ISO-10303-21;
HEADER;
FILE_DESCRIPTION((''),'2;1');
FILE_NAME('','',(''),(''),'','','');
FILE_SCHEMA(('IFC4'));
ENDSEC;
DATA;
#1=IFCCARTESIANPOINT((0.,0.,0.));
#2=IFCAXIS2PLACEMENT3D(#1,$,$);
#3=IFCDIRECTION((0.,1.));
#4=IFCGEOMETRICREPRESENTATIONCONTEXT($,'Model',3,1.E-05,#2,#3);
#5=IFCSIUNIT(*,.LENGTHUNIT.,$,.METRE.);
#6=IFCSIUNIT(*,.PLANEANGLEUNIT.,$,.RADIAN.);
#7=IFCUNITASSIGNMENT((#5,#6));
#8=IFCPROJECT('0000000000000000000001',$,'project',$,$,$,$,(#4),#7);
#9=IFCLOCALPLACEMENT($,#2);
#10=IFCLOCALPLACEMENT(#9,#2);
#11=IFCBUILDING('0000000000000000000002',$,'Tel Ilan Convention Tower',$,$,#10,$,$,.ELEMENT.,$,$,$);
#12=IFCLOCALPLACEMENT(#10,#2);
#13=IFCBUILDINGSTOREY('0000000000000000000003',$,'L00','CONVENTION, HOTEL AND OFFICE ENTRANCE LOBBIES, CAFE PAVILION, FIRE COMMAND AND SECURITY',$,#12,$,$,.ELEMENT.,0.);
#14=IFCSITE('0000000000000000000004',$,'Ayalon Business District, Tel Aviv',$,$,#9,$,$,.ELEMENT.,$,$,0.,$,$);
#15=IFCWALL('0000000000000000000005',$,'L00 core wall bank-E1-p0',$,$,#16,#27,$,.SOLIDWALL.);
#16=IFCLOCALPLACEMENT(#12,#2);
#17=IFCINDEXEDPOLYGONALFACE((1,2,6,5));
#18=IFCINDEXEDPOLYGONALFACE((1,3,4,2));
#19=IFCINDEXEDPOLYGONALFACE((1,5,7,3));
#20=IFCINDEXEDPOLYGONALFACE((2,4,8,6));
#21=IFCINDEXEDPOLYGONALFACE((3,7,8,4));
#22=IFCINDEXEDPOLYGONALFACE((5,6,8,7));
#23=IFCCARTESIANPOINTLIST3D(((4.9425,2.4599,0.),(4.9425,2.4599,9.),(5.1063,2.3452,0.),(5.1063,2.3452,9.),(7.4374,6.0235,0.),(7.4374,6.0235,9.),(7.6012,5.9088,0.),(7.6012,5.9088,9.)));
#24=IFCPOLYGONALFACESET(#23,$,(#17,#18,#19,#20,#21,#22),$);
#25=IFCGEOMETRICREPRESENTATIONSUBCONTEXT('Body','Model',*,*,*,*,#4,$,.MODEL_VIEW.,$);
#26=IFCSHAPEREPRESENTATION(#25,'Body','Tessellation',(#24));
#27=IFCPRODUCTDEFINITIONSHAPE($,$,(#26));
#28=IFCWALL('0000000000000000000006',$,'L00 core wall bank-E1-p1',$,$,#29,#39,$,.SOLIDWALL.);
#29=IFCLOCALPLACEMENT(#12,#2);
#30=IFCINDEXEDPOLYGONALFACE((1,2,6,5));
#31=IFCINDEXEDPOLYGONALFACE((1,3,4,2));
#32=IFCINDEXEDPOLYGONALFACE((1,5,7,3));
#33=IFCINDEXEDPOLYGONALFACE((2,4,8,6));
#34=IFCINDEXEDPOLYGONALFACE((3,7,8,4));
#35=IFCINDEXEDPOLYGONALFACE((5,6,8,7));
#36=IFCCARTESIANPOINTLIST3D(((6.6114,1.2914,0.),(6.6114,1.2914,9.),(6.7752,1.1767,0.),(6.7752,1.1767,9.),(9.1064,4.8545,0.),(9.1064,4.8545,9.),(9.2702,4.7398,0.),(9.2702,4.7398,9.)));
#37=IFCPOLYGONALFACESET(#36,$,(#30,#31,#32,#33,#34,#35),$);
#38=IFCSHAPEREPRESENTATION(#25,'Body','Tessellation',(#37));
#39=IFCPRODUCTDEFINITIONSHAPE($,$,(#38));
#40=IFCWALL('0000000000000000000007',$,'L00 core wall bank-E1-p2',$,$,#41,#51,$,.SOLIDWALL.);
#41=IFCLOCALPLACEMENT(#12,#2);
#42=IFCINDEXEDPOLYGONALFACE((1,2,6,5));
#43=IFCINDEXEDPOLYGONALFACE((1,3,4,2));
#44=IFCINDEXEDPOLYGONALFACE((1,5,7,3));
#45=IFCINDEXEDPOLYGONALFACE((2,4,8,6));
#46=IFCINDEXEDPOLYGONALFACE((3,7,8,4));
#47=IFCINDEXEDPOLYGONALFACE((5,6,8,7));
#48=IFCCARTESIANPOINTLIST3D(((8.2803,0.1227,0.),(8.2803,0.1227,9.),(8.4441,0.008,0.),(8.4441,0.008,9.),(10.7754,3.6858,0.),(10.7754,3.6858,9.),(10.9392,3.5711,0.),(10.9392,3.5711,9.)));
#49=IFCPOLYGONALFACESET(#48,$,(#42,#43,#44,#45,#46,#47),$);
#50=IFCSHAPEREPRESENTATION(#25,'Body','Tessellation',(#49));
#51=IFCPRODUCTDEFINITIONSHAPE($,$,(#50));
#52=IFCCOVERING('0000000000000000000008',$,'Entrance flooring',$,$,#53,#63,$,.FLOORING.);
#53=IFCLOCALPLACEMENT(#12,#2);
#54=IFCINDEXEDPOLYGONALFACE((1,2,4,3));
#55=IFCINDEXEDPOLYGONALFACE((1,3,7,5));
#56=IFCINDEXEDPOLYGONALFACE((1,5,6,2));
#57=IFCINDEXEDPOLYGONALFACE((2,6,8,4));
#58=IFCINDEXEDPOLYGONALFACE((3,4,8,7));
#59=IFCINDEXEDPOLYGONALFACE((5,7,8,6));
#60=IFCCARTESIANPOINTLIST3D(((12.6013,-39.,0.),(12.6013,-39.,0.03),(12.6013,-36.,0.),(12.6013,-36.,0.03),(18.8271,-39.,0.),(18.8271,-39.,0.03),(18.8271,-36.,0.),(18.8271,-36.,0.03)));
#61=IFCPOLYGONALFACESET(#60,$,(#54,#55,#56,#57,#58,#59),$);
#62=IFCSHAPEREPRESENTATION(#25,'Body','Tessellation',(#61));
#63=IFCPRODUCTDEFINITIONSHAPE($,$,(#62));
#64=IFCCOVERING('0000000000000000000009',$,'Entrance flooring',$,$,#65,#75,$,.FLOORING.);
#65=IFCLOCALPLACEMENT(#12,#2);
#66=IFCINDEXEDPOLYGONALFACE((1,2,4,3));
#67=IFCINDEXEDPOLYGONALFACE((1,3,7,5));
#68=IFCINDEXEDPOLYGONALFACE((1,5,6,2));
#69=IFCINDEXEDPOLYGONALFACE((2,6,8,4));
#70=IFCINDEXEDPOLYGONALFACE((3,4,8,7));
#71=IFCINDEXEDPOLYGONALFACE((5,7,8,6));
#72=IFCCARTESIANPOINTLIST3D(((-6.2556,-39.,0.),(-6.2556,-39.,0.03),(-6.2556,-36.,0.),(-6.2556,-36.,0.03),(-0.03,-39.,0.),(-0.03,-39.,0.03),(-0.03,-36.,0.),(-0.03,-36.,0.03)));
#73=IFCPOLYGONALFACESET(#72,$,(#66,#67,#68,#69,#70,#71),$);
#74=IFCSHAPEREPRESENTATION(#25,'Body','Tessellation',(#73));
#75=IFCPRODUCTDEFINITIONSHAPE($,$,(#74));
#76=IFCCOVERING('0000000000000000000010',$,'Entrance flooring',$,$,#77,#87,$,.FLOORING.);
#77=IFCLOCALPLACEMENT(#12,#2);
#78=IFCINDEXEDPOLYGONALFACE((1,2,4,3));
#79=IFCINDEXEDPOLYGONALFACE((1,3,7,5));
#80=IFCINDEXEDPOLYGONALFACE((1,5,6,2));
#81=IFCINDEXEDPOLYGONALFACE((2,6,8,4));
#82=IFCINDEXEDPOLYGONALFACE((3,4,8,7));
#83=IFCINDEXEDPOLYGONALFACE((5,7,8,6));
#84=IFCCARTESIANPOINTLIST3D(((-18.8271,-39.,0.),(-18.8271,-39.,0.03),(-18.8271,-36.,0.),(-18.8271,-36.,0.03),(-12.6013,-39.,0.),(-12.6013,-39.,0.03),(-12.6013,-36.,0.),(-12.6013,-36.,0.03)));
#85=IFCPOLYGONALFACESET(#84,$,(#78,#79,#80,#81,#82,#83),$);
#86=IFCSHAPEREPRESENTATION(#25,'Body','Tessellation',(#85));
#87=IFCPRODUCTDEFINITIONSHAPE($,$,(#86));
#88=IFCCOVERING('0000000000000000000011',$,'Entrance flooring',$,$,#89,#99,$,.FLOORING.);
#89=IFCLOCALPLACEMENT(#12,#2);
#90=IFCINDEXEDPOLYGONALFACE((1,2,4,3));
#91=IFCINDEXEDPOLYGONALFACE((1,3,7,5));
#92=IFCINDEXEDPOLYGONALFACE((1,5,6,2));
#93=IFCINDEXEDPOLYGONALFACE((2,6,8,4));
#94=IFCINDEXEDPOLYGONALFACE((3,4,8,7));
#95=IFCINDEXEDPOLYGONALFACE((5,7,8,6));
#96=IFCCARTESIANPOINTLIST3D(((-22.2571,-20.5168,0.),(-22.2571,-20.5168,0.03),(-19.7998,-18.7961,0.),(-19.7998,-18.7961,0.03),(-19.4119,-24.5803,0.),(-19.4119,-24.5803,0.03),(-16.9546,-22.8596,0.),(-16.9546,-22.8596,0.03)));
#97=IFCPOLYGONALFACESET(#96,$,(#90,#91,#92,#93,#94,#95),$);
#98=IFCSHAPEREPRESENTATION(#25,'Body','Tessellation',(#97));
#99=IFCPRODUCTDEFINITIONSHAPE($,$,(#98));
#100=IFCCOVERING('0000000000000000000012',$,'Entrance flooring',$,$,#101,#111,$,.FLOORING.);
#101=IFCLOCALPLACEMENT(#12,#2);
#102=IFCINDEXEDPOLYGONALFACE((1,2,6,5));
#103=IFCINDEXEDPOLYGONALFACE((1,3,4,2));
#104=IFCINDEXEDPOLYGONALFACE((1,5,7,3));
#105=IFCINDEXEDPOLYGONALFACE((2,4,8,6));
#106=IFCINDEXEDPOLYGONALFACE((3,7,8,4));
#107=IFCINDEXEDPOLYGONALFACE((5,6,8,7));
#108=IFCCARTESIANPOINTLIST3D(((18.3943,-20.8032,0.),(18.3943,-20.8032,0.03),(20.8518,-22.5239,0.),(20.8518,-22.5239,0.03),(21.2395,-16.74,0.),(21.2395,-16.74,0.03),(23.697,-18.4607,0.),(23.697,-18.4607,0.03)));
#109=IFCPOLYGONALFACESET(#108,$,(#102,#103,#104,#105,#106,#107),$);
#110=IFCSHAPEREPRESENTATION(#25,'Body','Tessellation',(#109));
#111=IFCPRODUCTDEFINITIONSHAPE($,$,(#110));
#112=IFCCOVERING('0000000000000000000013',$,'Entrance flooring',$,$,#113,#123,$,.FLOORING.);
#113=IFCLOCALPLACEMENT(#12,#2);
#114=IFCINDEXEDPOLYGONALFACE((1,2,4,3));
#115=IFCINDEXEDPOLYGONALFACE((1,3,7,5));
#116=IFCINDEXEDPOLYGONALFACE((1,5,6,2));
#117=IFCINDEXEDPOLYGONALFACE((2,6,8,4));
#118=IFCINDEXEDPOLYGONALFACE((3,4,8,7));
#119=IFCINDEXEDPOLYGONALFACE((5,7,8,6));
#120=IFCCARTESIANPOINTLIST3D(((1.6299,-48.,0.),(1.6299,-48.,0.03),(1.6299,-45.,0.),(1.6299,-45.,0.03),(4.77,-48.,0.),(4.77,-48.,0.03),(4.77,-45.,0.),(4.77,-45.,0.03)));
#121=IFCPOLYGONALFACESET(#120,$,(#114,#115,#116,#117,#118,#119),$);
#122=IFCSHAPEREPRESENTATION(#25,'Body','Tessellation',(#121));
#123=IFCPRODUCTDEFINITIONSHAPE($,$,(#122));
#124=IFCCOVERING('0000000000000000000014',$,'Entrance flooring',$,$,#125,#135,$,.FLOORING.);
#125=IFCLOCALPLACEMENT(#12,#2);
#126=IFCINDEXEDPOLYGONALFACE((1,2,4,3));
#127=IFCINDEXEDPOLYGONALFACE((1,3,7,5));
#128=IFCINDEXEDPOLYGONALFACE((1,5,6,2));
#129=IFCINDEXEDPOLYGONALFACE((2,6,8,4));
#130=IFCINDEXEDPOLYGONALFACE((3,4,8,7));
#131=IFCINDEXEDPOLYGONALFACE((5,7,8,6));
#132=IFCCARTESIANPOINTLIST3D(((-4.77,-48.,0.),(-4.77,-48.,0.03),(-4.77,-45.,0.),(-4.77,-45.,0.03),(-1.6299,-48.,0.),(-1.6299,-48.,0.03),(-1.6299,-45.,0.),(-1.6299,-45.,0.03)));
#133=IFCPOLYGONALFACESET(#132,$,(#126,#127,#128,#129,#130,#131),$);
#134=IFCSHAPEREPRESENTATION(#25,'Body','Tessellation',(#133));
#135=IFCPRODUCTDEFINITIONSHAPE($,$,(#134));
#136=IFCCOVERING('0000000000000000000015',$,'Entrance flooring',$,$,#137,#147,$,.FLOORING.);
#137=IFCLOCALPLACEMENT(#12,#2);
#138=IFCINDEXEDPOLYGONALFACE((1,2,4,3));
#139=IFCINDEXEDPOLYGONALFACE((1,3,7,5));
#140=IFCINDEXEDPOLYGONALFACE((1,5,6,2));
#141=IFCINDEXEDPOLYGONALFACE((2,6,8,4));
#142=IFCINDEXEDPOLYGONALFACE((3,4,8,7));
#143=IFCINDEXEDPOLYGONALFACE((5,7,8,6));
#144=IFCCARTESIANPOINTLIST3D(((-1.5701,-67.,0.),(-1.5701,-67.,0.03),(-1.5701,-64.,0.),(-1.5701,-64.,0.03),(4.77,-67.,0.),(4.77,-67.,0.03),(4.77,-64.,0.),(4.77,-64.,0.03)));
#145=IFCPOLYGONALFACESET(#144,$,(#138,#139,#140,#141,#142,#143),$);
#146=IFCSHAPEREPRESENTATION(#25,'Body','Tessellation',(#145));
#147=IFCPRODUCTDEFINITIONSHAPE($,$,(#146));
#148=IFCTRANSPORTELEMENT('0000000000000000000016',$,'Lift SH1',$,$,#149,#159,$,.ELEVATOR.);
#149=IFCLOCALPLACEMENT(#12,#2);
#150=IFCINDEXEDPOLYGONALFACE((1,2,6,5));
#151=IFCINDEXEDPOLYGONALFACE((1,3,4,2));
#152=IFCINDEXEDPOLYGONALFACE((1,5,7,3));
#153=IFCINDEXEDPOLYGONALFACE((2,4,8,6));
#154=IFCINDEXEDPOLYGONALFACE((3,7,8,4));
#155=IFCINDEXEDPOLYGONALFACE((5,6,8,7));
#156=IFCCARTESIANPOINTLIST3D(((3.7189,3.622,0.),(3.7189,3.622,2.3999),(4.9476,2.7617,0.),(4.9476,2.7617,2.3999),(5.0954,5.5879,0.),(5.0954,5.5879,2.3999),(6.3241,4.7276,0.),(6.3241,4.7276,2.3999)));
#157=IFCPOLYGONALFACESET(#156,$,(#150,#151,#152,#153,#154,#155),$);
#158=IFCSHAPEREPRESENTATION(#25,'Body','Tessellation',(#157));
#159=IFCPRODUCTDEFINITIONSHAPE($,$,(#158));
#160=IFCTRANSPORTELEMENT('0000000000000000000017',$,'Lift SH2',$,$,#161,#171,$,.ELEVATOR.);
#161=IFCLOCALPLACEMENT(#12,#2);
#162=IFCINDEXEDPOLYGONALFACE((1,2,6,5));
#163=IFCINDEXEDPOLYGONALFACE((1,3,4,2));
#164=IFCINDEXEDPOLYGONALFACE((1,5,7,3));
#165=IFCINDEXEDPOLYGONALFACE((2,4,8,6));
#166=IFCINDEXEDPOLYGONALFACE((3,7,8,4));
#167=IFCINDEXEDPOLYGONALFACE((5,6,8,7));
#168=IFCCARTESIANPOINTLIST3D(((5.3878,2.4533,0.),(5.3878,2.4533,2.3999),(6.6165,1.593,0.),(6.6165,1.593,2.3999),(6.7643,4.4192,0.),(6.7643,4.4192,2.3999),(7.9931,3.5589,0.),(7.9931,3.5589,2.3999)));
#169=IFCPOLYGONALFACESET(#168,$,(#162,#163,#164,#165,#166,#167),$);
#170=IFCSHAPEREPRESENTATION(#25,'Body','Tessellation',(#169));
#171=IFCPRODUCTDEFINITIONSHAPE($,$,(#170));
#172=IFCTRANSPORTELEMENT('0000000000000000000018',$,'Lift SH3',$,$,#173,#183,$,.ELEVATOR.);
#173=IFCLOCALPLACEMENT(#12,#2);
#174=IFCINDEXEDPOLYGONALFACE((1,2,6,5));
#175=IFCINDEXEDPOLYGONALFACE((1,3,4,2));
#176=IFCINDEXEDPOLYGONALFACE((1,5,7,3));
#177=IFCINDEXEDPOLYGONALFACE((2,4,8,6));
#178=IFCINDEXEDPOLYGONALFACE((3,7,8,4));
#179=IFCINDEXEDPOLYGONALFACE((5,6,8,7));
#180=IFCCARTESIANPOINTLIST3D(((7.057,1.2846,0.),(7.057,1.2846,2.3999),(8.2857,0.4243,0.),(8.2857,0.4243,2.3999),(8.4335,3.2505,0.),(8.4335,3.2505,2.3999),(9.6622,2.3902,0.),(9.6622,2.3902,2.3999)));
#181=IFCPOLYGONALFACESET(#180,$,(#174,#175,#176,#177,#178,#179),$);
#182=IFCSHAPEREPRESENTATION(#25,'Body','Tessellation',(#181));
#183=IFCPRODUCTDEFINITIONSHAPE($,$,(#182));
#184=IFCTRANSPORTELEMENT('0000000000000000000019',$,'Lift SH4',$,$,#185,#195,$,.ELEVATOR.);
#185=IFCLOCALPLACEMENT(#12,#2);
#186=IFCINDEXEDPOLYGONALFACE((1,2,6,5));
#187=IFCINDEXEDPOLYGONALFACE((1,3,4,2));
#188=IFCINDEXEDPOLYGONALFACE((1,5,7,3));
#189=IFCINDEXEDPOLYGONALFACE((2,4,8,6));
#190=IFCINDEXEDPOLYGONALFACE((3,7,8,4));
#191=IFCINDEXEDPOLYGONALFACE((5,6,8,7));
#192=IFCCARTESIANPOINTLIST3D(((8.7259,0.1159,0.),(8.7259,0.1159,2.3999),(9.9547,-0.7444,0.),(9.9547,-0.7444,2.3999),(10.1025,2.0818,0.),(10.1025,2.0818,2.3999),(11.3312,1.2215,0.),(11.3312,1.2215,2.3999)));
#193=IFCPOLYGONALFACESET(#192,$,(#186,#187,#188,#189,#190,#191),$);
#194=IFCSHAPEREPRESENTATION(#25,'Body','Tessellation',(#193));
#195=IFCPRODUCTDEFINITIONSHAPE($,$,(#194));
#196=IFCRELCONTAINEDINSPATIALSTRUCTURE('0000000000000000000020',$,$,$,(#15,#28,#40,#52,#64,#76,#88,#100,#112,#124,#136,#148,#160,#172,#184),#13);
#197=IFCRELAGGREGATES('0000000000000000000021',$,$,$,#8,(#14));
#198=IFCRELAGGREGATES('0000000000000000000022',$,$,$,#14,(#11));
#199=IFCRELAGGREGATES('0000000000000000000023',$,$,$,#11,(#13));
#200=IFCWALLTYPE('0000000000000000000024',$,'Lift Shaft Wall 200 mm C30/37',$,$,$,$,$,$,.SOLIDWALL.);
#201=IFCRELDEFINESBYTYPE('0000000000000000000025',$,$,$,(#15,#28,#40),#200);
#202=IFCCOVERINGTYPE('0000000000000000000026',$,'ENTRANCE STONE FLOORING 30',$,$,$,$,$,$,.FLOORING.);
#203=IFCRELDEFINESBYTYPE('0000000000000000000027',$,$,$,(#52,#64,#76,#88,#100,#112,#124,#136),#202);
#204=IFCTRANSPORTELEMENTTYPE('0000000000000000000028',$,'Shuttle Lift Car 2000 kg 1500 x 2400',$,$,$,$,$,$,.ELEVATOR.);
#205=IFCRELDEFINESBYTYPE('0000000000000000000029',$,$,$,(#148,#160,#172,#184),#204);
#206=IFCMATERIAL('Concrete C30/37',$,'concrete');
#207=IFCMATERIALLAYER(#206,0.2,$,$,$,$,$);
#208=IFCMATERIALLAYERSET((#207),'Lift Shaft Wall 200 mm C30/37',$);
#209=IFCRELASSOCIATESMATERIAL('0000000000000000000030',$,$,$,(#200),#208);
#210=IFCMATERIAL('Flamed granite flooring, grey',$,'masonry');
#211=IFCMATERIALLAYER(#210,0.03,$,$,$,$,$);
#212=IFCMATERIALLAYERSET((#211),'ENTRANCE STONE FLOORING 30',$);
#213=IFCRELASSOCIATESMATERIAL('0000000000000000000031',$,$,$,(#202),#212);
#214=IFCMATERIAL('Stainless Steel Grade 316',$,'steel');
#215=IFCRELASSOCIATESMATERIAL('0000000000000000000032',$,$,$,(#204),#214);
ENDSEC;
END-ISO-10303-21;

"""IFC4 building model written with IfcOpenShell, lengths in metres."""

from ifc_helpers import new_model, si_unit, direction, frame, frame_2d, origin, origin_2d, place, context, subcontext, project, spatial, polyline, rectangle, outline, extrude, material, layer, layer_set, type_object, element, save


model = new_model("IFC4")

# Units and contexts
model_context = context("Model", 3, precision=1e-05, world=origin(), true_north=direction((0.0, 1.0)))
body_context = subcontext(model_context, "Body", "Model", "MODEL_VIEW")
ifc_project = project(units=[si_unit("LENGTHUNIT", "METRE"), si_unit("PLANEANGLEUNIT", "RADIAN")], contexts=[model_context])

# Site, building, storey
site_placement = place(None, origin())
site = spatial("IfcSite", under=ifc_project, at=site_placement, Name="Ayalon Business District, Tel Aviv", CompositionType="ELEMENT", RefElevation=0.0)
building_placement = place(site_placement, origin())
building = spatial("IfcBuilding", under=site, at=building_placement, Name="Tel Ilan Convention Tower", CompositionType="ELEMENT")
storey_placement = place(building_placement, origin())
storey = spatial("IfcBuildingStorey", under=building, at=storey_placement, Name="L00", Description="CONVENTION, HOTEL AND OFFICE ENTRANCE LOBBIES, CAFE PAVILION, FIRE COMMAND AND SECURITY", CompositionType="ELEMENT", Elevation=0.0)

# Walls
ifc_material_1 = material(Name="Concrete C30/37", Category="concrete")
ifc_layer_1 = layer(ifc_material_1, 0.2)
ifc_layer_set_1 = layer_set([ifc_layer_1], Name="Lift Shaft Wall 200 mm C30/37")
wall_type_1 = type_object("IfcWallType", Name="Lift Shaft Wall 200 mm C30/37", PredefinedType="SOLIDWALL", material=ifc_layer_set_1)
wall_1_placement = place(storey_placement, frame((5.0244, 2.4026, 0.0), z_axis=(0.0, 0.0, 1.0), x_axis=(0.57353, 0.819184, 0.0)))
element("IfcWall", 1, at=wall_1_placement, inside=storey, type_object=wall_type_1, Name="L00 core wall bank-E1-p0", PredefinedType="SOLIDWALL", context=body_context, shape_type="SweptSolid", body=[
    extrude(rectangle(XDim=4.3501, YDim=0.2, at=frame_2d((2.175, 0.0))), origin(), (0.0, 0.0, 1.0), 9.0),
])
for number, where, z_axis, x_axis, name in (
    (2, (6.6934, 1.2341, 0.0), (0.0, 0.0, 1.0), (0.573594, 0.81914, 0.0), "L00 core wall bank-E1-p1"),
    (3, (8.3623, 0.0654, 0.0), (0.0, 0.0, 1.0), (0.573594, 0.81914, 0.0), "L00 core wall bank-E1-p2"),
):
    element("IfcWall", number, at=place(storey_placement, frame(where, z_axis=z_axis, x_axis=x_axis)), inside=storey, type_object=wall_type_1, Name=name, PredefinedType="SOLIDWALL", context=body_context, shape_type="SweptSolid", body=[
        extrude(rectangle(XDim=4.3499, YDim=0.2, at=frame_2d((2.1748, 0.0))), origin(), (0.0, 0.0, 1.0), 9.0),
    ])

# Coverings
ifc_material_2 = material(Name="Flamed granite flooring, grey", Category="masonry")
ifc_layer_2 = layer(ifc_material_2, 0.03)
ifc_layer_set_2 = layer_set([ifc_layer_2], Name="ENTRANCE STONE FLOORING 30")
covering_type = type_object("IfcCoveringType", Name="ENTRANCE STONE FLOORING 30", PredefinedType="FLOORING", material=ifc_layer_set_2)
covering_1_placement = place(storey_placement, origin())
element("IfcCovering", 4, at=covering_1_placement, inside=storey, type_object=covering_type, Name="Entrance flooring", PredefinedType="FLOORING", context=body_context, shape_type="SweptSolid", body=[
    extrude(outline(polyline([(18.8271, -39.0), (12.6013, -39.0), (12.6013, -36.0), (18.8271, -36.0), (18.8271, -39.0)])), origin(), (0.0, 0.0, 1.0), 0.03),
])
covering_2_placement = place(storey_placement, origin())
element("IfcCovering", 5, at=covering_2_placement, inside=storey, type_object=covering_type, Name="Entrance flooring", PredefinedType="FLOORING", context=body_context, shape_type="SweptSolid", body=[
    extrude(outline(polyline([(-0.03, -39.0), (-6.2556, -39.0), (-6.2556, -36.0), (-0.03, -36.0), (-0.03, -39.0)])), origin(), (0.0, 0.0, 1.0), 0.03),
])
covering_3_placement = place(storey_placement, origin())
element("IfcCovering", 6, at=covering_3_placement, inside=storey, type_object=covering_type, Name="Entrance flooring", PredefinedType="FLOORING", context=body_context, shape_type="SweptSolid", body=[
    extrude(outline(polyline([(-12.6013, -39.0), (-18.8271, -39.0), (-18.8271, -36.0), (-12.6013, -36.0), (-12.6013, -39.0)])), origin(), (0.0, 0.0, 1.0), 0.03),
])
covering_4_placement = place(storey_placement, origin())
element("IfcCovering", 7, at=covering_4_placement, inside=storey, type_object=covering_type, Name="Entrance flooring", PredefinedType="FLOORING", context=body_context, shape_type="SweptSolid", body=[
    extrude(outline(polyline([(-19.4119, -24.5803), (-22.2571, -20.5168), (-19.7998, -18.7961), (-16.9546, -22.8596), (-19.4119, -24.5803)])), origin(), (0.0, 0.0, 1.0), 0.03),
])
covering_5_placement = place(storey_placement, origin())
element("IfcCovering", 8, at=covering_5_placement, inside=storey, type_object=covering_type, Name="Entrance flooring", PredefinedType="FLOORING", context=body_context, shape_type="SweptSolid", body=[
    extrude(outline(polyline([(23.697, -18.4607), (20.8518, -22.5239), (18.3943, -20.8032), (21.2395, -16.74), (23.697, -18.4607)])), origin(), (0.0, 0.0, 1.0), 0.03),
])
covering_6_placement = place(storey_placement, origin())
element("IfcCovering", 9, at=covering_6_placement, inside=storey, type_object=covering_type, Name="Entrance flooring", PredefinedType="FLOORING", context=body_context, shape_type="SweptSolid", body=[
    extrude(outline(polyline([(4.77, -48.0), (1.6299, -48.0), (1.6299, -45.0), (4.77, -45.0), (4.77, -48.0)])), origin(), (0.0, 0.0, 1.0), 0.03),
])
covering_7_placement = place(storey_placement, origin())
element("IfcCovering", 10, at=covering_7_placement, inside=storey, type_object=covering_type, Name="Entrance flooring", PredefinedType="FLOORING", context=body_context, shape_type="SweptSolid", body=[
    extrude(outline(polyline([(-1.6299, -48.0), (-4.77, -48.0), (-4.77, -45.0), (-1.6299, -45.0), (-1.6299, -48.0)])), origin(), (0.0, 0.0, 1.0), 0.03),
])
covering_8_placement = place(storey_placement, origin())
element("IfcCovering", 11, at=covering_8_placement, inside=storey, type_object=covering_type, Name="Entrance flooring", PredefinedType="FLOORING", context=body_context, shape_type="SweptSolid", body=[
    extrude(outline(polyline([(-1.5701, -64.0), (4.77, -64.0), (4.77, -67.0), (-1.5701, -67.0), (-1.5701, -64.0)])), origin(), (0.0, 0.0, 1.0), 0.03),
])

# Transport elements
ifc_material_3 = material(Name="Stainless Steel Grade 316", Category="steel")
transport_element_type = type_object("IfcTransportElementType", Name="Shuttle Lift Car 2000 kg 1500 x 2400", PredefinedType="ELEVATOR", material=ifc_material_3)
for number, where, z_axis, x_axis, name in (
    (12, (5.0215, 4.1748, 0.0), (0.0, 0.0, 1.0), (0.819152, -0.573576, 0.0), "Lift SH1"),
    (13, (6.6904, 3.0061, 0.0), (0.0, 0.0, 1.0), (0.819152, -0.573576, 0.0), "Lift SH2"),
    (14, (8.3596, 1.8374, 0.0), (0.0, 0.0, 1.0), (0.819152, -0.573576, 0.0), "Lift SH3"),
    (15, (10.0286, 0.6687, 0.0), (0.0, 0.0, 1.0), (0.819152, -0.573576, 0.0), "Lift SH4"),
):
    element("IfcTransportElement", number, at=place(storey_placement, frame(where, z_axis=z_axis, x_axis=x_axis)), inside=storey, type_object=transport_element_type, Name=name, PredefinedType="ELEVATOR", context=body_context, shape_type="SweptSolid", body=[
        extrude(rectangle(XDim=1.5, YDim=2.3999, at=origin_2d()), origin(), (0.0, 0.0, 1.0), 2.3999),
    ])

save(model, "model.ifc")
